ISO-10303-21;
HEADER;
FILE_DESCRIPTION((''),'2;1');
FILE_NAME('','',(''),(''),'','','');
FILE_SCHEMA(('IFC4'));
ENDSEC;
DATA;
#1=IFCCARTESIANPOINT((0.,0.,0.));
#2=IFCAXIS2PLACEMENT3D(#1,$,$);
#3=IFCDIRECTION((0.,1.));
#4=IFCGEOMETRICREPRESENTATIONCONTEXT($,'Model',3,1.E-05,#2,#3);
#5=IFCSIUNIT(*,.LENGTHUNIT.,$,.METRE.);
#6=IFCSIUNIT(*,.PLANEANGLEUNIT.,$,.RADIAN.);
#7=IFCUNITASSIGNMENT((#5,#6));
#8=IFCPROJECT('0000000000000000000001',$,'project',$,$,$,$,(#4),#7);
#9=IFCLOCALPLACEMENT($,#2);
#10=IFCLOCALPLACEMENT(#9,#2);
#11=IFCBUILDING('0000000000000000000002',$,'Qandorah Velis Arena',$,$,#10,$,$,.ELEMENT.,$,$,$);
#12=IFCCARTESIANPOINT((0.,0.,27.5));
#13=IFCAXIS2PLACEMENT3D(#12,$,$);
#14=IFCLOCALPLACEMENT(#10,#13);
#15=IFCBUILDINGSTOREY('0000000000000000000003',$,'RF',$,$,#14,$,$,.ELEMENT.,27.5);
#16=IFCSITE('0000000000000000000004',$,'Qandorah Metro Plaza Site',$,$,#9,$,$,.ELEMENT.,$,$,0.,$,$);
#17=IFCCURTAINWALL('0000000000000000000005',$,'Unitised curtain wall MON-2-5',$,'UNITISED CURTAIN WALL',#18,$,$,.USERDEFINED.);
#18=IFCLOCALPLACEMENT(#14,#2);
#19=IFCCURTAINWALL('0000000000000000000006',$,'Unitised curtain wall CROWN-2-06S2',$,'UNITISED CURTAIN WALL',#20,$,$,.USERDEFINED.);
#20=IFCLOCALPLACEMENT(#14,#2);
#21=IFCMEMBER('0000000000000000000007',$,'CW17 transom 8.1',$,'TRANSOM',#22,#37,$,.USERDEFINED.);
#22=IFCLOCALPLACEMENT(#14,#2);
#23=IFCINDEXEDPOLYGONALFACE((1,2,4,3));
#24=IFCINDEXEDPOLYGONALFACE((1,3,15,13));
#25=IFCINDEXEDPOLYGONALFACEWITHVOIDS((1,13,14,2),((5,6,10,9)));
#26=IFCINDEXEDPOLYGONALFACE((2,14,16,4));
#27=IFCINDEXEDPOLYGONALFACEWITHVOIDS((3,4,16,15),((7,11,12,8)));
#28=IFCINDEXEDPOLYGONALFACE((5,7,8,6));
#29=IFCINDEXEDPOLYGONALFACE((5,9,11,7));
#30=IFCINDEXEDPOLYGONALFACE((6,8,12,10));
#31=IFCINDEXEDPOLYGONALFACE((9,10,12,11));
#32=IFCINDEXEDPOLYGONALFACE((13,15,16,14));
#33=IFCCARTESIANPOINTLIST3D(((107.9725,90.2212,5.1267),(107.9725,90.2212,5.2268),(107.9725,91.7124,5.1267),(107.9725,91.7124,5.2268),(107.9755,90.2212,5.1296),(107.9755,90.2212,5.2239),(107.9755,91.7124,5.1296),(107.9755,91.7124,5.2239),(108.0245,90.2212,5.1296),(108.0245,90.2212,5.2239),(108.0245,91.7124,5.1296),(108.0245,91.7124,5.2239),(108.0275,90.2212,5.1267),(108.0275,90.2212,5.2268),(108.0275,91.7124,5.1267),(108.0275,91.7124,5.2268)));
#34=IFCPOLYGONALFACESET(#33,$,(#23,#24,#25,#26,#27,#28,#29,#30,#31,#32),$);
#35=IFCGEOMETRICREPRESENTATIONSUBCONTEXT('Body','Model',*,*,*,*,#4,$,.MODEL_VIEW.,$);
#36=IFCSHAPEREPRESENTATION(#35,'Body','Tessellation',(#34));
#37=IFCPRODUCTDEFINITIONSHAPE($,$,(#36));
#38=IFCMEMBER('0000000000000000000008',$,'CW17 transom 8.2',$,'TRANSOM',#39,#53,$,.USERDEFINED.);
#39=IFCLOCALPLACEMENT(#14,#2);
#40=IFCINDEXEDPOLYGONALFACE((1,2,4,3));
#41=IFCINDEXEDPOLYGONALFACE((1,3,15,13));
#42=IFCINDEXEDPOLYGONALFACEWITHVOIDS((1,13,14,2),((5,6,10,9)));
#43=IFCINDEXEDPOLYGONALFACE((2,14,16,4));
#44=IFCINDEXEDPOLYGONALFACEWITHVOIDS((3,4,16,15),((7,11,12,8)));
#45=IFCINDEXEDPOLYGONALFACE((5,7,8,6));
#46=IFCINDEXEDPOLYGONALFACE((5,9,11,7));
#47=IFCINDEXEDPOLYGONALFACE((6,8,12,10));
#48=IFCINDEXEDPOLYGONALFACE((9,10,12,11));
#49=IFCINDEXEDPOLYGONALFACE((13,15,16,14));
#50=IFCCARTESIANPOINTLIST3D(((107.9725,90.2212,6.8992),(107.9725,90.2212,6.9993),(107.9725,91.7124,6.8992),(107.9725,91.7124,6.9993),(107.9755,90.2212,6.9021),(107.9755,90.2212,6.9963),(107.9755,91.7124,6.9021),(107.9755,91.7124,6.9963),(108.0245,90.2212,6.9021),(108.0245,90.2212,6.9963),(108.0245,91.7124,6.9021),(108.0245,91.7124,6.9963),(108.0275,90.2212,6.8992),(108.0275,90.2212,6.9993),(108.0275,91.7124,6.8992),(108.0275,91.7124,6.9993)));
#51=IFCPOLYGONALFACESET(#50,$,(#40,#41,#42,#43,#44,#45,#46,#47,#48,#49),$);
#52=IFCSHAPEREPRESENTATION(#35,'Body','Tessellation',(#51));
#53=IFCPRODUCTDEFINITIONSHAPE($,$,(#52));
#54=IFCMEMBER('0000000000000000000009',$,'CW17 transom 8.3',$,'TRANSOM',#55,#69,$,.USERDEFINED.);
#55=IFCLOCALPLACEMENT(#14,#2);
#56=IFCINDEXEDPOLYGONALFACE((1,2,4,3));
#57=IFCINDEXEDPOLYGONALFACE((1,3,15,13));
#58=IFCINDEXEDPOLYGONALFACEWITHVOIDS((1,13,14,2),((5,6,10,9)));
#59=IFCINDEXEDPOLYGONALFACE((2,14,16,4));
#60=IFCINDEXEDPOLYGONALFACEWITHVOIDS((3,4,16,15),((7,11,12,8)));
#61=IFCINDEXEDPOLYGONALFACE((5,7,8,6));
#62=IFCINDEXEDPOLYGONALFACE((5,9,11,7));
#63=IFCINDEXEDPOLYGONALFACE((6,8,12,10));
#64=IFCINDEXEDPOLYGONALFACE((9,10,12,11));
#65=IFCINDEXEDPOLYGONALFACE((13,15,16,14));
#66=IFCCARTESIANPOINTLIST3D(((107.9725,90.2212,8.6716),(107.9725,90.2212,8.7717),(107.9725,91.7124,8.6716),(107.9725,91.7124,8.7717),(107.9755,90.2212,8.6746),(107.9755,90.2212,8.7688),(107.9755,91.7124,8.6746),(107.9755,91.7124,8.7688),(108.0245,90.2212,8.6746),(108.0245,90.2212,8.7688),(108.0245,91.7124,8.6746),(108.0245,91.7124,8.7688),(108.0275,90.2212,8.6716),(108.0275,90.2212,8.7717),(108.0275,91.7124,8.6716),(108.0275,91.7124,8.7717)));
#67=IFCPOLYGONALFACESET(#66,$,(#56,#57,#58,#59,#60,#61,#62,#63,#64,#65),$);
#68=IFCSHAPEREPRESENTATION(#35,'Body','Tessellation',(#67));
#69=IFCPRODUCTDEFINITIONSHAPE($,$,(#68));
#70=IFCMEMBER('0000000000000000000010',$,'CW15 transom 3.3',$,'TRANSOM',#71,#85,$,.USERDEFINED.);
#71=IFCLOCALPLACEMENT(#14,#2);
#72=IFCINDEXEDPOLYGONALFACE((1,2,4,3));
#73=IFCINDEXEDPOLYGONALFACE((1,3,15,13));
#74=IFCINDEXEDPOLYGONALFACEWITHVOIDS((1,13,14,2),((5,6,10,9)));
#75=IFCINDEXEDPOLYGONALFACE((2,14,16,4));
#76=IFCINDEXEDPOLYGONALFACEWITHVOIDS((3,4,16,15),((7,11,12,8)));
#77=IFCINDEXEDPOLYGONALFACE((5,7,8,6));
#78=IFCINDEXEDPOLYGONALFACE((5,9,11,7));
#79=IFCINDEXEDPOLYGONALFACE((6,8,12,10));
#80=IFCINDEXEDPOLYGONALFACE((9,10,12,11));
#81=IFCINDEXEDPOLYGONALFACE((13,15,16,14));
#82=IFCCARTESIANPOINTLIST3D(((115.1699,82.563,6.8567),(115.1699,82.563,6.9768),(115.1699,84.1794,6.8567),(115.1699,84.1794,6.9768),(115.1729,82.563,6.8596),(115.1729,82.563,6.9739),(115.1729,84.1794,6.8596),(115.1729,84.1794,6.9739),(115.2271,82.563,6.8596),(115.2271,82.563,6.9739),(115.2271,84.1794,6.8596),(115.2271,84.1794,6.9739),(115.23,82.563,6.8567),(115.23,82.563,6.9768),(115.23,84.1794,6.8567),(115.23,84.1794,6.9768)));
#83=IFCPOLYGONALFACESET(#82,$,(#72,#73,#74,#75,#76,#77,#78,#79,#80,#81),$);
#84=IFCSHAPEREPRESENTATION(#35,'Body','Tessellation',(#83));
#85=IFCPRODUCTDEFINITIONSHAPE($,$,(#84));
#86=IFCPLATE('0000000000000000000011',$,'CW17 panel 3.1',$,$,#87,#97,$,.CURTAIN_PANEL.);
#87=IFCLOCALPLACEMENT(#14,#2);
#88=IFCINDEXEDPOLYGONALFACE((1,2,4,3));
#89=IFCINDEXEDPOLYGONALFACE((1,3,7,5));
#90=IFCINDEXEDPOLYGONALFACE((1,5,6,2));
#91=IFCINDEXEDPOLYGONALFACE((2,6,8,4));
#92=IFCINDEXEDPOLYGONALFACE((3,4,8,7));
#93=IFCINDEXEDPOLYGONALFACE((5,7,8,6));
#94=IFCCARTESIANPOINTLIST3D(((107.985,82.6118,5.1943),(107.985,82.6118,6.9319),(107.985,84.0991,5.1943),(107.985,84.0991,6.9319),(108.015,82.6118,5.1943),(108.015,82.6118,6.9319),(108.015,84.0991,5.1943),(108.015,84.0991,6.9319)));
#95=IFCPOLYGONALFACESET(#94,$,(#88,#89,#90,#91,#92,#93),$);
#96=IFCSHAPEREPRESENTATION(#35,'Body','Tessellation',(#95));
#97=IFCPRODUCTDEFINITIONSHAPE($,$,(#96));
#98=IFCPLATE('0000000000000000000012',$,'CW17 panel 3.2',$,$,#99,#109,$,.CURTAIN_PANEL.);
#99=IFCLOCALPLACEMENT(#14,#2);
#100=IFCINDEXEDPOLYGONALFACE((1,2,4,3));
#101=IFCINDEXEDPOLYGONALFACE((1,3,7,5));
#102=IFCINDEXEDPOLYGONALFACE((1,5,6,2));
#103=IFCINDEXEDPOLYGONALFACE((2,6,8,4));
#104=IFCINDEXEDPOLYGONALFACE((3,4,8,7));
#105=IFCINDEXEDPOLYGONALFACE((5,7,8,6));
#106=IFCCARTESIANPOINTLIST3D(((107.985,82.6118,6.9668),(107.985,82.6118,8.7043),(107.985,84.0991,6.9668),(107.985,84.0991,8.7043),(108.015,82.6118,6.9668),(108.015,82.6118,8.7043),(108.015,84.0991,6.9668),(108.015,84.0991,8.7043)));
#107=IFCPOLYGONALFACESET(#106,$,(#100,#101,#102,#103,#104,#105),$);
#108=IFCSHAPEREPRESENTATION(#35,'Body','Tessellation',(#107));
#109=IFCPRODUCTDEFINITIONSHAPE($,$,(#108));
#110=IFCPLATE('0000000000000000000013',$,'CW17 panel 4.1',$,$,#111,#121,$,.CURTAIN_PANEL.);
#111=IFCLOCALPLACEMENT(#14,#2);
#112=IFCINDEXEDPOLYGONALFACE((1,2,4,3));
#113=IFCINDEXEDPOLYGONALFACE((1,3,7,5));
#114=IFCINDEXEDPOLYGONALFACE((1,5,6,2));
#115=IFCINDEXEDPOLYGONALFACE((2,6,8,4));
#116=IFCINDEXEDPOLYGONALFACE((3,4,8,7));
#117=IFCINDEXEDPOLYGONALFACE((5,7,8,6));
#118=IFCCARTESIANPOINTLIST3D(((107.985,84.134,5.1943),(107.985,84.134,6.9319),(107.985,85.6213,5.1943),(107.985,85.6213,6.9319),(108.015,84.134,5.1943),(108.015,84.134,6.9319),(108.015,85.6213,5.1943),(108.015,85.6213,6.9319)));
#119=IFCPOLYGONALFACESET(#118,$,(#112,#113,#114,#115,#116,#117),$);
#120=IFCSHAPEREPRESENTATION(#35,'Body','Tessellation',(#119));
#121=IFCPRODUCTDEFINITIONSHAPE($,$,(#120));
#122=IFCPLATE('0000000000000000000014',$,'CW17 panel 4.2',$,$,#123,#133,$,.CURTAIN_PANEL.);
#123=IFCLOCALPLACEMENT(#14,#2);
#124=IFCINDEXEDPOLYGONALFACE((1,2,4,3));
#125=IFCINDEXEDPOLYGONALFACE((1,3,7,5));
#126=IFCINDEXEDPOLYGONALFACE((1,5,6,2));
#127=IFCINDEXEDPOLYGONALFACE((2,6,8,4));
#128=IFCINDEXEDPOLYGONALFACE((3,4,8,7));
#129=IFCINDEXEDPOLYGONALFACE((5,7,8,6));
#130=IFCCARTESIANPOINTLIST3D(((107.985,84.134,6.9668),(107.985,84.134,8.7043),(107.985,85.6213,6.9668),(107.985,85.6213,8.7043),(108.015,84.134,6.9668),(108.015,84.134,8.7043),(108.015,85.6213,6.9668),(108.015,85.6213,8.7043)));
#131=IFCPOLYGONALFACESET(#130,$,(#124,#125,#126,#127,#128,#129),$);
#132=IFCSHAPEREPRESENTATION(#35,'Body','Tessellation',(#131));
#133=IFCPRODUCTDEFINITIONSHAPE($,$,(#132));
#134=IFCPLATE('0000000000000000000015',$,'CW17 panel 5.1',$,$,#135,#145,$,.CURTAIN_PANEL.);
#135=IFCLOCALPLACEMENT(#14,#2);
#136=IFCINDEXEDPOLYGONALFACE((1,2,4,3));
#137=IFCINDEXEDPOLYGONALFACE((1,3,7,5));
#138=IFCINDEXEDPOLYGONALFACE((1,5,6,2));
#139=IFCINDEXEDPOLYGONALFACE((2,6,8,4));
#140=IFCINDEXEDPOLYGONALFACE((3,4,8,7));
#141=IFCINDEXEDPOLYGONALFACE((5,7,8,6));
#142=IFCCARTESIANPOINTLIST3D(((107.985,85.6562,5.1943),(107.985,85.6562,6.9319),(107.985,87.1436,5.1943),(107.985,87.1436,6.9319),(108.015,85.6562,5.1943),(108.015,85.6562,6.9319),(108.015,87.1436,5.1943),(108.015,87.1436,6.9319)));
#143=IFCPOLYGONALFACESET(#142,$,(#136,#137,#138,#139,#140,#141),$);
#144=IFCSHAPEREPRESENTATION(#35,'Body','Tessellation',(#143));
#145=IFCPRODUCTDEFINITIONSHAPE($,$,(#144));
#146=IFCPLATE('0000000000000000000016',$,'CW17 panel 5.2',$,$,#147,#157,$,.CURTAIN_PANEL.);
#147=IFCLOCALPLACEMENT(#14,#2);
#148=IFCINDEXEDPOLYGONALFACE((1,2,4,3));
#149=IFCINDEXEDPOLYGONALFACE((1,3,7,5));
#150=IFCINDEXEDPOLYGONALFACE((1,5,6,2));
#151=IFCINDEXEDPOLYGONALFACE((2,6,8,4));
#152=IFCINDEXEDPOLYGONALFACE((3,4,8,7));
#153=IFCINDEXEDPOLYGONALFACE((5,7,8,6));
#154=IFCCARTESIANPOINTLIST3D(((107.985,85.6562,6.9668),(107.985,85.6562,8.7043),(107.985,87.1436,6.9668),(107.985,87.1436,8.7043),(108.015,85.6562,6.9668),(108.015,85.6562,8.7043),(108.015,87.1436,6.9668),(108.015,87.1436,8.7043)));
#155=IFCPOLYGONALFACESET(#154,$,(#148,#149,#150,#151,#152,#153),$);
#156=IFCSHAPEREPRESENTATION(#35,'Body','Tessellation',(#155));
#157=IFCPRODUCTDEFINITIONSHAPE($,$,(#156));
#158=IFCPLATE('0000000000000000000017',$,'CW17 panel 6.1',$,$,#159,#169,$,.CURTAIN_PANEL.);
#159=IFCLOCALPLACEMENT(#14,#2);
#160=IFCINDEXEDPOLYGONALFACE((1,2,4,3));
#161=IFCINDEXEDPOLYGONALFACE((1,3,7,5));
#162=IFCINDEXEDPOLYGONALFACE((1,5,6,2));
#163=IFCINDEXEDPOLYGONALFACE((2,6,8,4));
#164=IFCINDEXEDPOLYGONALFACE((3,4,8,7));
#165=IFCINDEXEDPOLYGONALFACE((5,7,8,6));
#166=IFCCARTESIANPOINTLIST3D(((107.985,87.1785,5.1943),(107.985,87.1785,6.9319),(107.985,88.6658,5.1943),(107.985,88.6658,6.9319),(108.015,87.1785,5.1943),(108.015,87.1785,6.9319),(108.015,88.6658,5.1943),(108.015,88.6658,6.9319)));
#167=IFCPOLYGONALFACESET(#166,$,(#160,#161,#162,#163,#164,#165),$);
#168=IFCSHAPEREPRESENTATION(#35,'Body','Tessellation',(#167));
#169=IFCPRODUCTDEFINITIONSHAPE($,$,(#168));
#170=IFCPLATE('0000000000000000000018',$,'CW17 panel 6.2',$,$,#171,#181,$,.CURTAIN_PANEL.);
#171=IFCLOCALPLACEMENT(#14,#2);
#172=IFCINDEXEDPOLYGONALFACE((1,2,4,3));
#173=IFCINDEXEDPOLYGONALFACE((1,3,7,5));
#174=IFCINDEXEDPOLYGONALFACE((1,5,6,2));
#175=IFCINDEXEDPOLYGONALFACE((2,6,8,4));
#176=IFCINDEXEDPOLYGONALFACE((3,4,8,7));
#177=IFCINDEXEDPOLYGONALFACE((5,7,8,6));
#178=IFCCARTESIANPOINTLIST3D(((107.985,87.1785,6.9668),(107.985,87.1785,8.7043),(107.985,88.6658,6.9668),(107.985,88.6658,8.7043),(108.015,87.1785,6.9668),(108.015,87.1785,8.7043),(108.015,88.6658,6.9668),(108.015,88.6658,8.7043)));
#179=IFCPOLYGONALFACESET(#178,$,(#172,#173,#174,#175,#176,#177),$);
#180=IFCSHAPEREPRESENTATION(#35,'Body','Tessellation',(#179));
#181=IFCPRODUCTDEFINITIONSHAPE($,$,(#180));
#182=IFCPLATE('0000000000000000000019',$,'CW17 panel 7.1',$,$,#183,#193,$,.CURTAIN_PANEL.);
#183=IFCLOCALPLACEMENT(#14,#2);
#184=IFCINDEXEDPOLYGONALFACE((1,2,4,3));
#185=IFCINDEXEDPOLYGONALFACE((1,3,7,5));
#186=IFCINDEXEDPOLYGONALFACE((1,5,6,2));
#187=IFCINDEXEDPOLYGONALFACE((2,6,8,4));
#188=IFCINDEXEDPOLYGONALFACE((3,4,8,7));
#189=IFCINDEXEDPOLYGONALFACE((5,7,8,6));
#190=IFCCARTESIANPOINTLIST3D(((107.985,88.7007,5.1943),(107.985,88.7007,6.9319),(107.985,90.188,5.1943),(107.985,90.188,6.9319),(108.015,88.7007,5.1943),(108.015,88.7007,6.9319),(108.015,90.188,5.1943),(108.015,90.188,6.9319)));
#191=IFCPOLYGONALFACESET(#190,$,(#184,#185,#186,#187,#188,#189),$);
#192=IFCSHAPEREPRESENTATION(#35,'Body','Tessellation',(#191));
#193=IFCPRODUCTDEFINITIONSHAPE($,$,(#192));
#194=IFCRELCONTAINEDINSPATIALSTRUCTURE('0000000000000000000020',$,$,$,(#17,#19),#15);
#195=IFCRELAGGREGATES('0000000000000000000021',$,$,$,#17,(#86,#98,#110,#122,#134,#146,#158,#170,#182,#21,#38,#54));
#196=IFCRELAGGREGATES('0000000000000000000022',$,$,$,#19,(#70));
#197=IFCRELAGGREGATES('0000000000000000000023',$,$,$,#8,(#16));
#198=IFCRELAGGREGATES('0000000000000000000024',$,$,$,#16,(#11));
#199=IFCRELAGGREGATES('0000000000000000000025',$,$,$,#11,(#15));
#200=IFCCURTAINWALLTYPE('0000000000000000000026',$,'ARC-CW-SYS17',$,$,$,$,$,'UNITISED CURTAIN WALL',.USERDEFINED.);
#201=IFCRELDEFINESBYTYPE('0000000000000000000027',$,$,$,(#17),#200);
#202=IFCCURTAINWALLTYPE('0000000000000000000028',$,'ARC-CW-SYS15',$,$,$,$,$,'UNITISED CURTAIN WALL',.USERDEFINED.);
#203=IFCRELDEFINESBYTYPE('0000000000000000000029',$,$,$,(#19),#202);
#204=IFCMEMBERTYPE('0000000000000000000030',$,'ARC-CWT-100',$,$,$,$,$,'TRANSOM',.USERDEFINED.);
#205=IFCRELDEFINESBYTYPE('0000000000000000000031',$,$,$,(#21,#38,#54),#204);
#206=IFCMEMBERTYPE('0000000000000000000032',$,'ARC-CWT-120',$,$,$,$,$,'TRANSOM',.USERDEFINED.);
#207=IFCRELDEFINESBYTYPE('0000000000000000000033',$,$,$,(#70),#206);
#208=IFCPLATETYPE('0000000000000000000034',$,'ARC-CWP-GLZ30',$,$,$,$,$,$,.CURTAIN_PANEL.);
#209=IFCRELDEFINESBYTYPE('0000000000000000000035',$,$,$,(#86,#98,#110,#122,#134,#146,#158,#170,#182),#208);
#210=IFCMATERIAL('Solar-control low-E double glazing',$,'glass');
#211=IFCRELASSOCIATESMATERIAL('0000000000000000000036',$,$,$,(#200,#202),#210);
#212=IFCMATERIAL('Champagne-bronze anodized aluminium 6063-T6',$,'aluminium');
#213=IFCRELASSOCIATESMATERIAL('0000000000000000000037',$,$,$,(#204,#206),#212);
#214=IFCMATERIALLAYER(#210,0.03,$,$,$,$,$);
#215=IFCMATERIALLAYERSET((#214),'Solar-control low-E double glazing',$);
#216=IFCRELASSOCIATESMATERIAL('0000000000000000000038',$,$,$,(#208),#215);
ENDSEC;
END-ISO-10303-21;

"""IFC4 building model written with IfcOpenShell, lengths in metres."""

from ifc_helpers import new_model, si_unit, direction, frame, origin, origin_2d, place, context, subcontext, project, spatial, rectangle, hollow_rectangle, extrude, material, layer, layer_set, material_profile, profile_set, type_object, element, aggregate, save


model = new_model("IFC4")

# Units and contexts
model_context = context("Model", 3, precision=1e-05, world=origin(), true_north=direction((0.0, 1.0)))
body_context = subcontext(model_context, "Body", "Model", "MODEL_VIEW")
ifc_project = project(units=[si_unit("LENGTHUNIT", "METRE"), si_unit("PLANEANGLEUNIT", "RADIAN")], contexts=[model_context])

# Site, building, storey
site_placement = place(None, origin())
site = spatial("IfcSite", under=ifc_project, at=site_placement, Name="Qandorah Metro Plaza Site", CompositionType="ELEMENT", RefElevation=0.0)
building_placement = place(site_placement, origin())
building = spatial("IfcBuilding", under=site, at=building_placement, Name="Qandorah Velis Arena", CompositionType="ELEMENT")
storey_placement = place(building_placement, frame((0.0, 0.0, 27.5)))
storey = spatial("IfcBuildingStorey", under=building, at=storey_placement, Name="RF", CompositionType="ELEMENT", Elevation=27.5)

# Curtain wall
ifc_material_1 = material(Name="Solar-control low-E double glazing", Category="glass")
curtain_wall_type_1 = type_object("IfcCurtainWallType", Name="ARC-CW-SYS17", ElementType="UNITISED CURTAIN WALL", PredefinedType="USERDEFINED", material=ifc_material_1)
curtain_wall_1_placement = place(storey_placement, origin())
curtain_wall_1 = element("IfcCurtainWall", 1, at=curtain_wall_1_placement, inside=storey, type_object=curtain_wall_type_1, Name="Unitised curtain wall MON-2-5", ObjectType="UNITISED CURTAIN WALL", PredefinedType="USERDEFINED")
ifc_material_2 = material(Name="Champagne-bronze anodized aluminium 6063-T6", Category="aluminium")

# Curtain wall
curtain_wall_type_2 = type_object("IfcCurtainWallType", Name="ARC-CW-SYS15", ElementType="UNITISED CURTAIN WALL", PredefinedType="USERDEFINED", material=ifc_material_1)
curtain_wall_2_placement = place(storey_placement, origin())
curtain_wall_2 = element("IfcCurtainWall", 2, at=curtain_wall_2_placement, inside=storey, type_object=curtain_wall_type_2, Name="Unitised curtain wall CROWN-2-06S2", ObjectType="UNITISED CURTAIN WALL", PredefinedType="USERDEFINED")

# Members
ifc_material_profile_1 = material_profile(ifc_material_2, hollow_rectangle(XDim=0.0549, YDim=0.1001, WallThickness=0.0029, at=origin_2d()), Name="ALU TRANSOM 55x100")
ifc_profile_set_1 = profile_set([ifc_material_profile_1], Name="Champagne-bronze anodized aluminium 6063-T6")
member_type_1 = type_object("IfcMemberType", Name="ARC-CWT-100", ElementType="TRANSOM", PredefinedType="USERDEFINED", material=ifc_profile_set_1)
member_1_placement = place(storey_placement, frame((108.0, 90.2212, 5.1768), z_axis=(0.0, 1.0, 0.0), x_axis=(-1.0, 0.0, 0.0)))
member_1 = element("IfcMember", 3, at=member_1_placement, type_object=member_type_1, Name="CW17 transom 8.1", ObjectType="TRANSOM", PredefinedType="USERDEFINED", context=body_context, shape_type="SweptSolid", body=[
    extrude(hollow_rectangle(XDim=0.0549, YDim=0.1001, WallThickness=0.0029, at=origin_2d()), origin(), (0.0, 0.0, 1.0), 1.4912),
])
member_2_placement = place(storey_placement, frame((108.0, 90.2212, 6.9492), z_axis=(0.0, 1.0, 0.0), x_axis=(-1.0, 0.0, 0.0)))
member_2 = element("IfcMember", 4, at=member_2_placement, type_object=member_type_1, Name="CW17 transom 8.2", ObjectType="TRANSOM", PredefinedType="USERDEFINED", context=body_context, shape_type="SweptSolid", body=[
    extrude(hollow_rectangle(XDim=0.0549, YDim=0.1001, WallThickness=0.0029, at=origin_2d()), origin(), (0.0, 0.0, 1.0), 1.4912),
])
member_3_placement = place(storey_placement, frame((108.0, 90.2212, 8.7217), z_axis=(0.0, 1.0, 0.0), x_axis=(-1.0, 0.0, 0.0)))
member_3 = element("IfcMember", 5, at=member_3_placement, type_object=member_type_1, Name="CW17 transom 8.3", ObjectType="TRANSOM", PredefinedType="USERDEFINED", context=body_context, shape_type="SweptSolid", body=[
    extrude(hollow_rectangle(XDim=0.0549, YDim=0.1001, WallThickness=0.0029, at=origin_2d()), origin(), (0.0, 0.0, 1.0), 1.4912),
])
ifc_material_profile_2 = material_profile(ifc_material_2, hollow_rectangle(XDim=0.0601, YDim=0.1201, WallThickness=0.0029, at=origin_2d()), Name="ALU TRANSOM 60x120")
ifc_profile_set_2 = profile_set([ifc_material_profile_2], Name="Champagne-bronze anodized aluminium 6063-T6")
member_type_2 = type_object("IfcMemberType", Name="ARC-CWT-120", ElementType="TRANSOM", PredefinedType="USERDEFINED", material=ifc_profile_set_2)
member_4_placement = place(storey_placement, frame((115.2, 82.563, 6.9167), z_axis=(0.0, 1.0, 0.0), x_axis=(-1.0, 0.0, 0.0)))
member_4 = element("IfcMember", 6, at=member_4_placement, type_object=member_type_2, Name="CW15 transom 3.3", ObjectType="TRANSOM", PredefinedType="USERDEFINED", context=body_context, shape_type="SweptSolid", body=[
    extrude(hollow_rectangle(XDim=0.0601, YDim=0.1201, WallThickness=0.0029, at=origin_2d()), origin(), (0.0, 0.0, 1.0), 1.6165),
])

# Plates
ifc_layer_1 = layer(ifc_material_1, 0.03)
ifc_layer_set_1 = layer_set([ifc_layer_1], Name="Solar-control low-E double glazing")
plate_type_1 = type_object("IfcPlateType", Name="ARC-CWP-GLZ30", PredefinedType="CURTAIN_PANEL", material=ifc_layer_set_1)
plate_1_placement = place(storey_placement, frame((108.0, 83.3555, 5.1943), z_axis=(0.0, 0.0, 1.0), x_axis=(0.0, 1.0, 0.0)))
plate_1 = element("IfcPlate", 7, at=plate_1_placement, type_object=plate_type_1, Name="CW17 panel 3.1", PredefinedType="CURTAIN_PANEL", context=body_context, shape_type="SweptSolid", body=[
    extrude(rectangle(XDim=1.4873, YDim=0.03, at=origin_2d()), origin(), (0.0, 0.0, 1.0), 1.7375),
])
plate_2_placement = place(storey_placement, frame((108.0, 83.3555, 6.9668), z_axis=(0.0, 0.0, 1.0), x_axis=(0.0, 1.0, 0.0)))
plate_2 = element("IfcPlate", 8, at=plate_2_placement, type_object=plate_type_1, Name="CW17 panel 3.2", PredefinedType="CURTAIN_PANEL", context=body_context, shape_type="SweptSolid", body=[
    extrude(rectangle(XDim=1.4873, YDim=0.03, at=origin_2d()), origin(), (0.0, 0.0, 1.0), 1.7375),
])
plate_3_placement = place(storey_placement, frame((108.0, 84.8777, 5.1943), z_axis=(0.0, 0.0, 1.0), x_axis=(0.0, 1.0, 0.0)))
plate_3 = element("IfcPlate", 9, at=plate_3_placement, type_object=plate_type_1, Name="CW17 panel 4.1", PredefinedType="CURTAIN_PANEL", context=body_context, shape_type="SweptSolid", body=[
    extrude(rectangle(XDim=1.4873, YDim=0.03, at=origin_2d()), origin(), (0.0, 0.0, 1.0), 1.7375),
])
plate_4_placement = place(storey_placement, frame((108.0, 84.8777, 6.9668), z_axis=(0.0, 0.0, 1.0), x_axis=(0.0, 1.0, 0.0)))
plate_4 = element("IfcPlate", 10, at=plate_4_placement, type_object=plate_type_1, Name="CW17 panel 4.2", PredefinedType="CURTAIN_PANEL", context=body_context, shape_type="SweptSolid", body=[
    extrude(rectangle(XDim=1.4873, YDim=0.03, at=origin_2d()), origin(), (0.0, 0.0, 1.0), 1.7375),
])
plate_5_placement = place(storey_placement, frame((108.0, 86.3999, 5.1943), z_axis=(0.0, 0.0, 1.0), x_axis=(0.0, 1.0, 0.0)))
plate_5 = element("IfcPlate", 11, at=plate_5_placement, type_object=plate_type_1, Name="CW17 panel 5.1", PredefinedType="CURTAIN_PANEL", context=body_context, shape_type="SweptSolid", body=[
    extrude(rectangle(XDim=1.4873, YDim=0.03, at=origin_2d()), origin(), (0.0, 0.0, 1.0), 1.7375),
])
plate_6_placement = place(storey_placement, frame((108.0, 86.3999, 6.9668), z_axis=(0.0, 0.0, 1.0), x_axis=(0.0, 1.0, 0.0)))
plate_6 = element("IfcPlate", 12, at=plate_6_placement, type_object=plate_type_1, Name="CW17 panel 5.2", PredefinedType="CURTAIN_PANEL", context=body_context, shape_type="SweptSolid", body=[
    extrude(rectangle(XDim=1.4873, YDim=0.03, at=origin_2d()), origin(), (0.0, 0.0, 1.0), 1.7375),
])
plate_7_placement = place(storey_placement, frame((108.0, 87.9221, 5.1943), z_axis=(0.0, 0.0, 1.0), x_axis=(0.0, 1.0, 0.0)))
plate_7 = element("IfcPlate", 13, at=plate_7_placement, type_object=plate_type_1, Name="CW17 panel 6.1", PredefinedType="CURTAIN_PANEL", context=body_context, shape_type="SweptSolid", body=[
    extrude(rectangle(XDim=1.4873, YDim=0.03, at=origin_2d()), origin(), (0.0, 0.0, 1.0), 1.7375),
])
plate_8_placement = place(storey_placement, frame((108.0, 87.9221, 6.9668), z_axis=(0.0, 0.0, 1.0), x_axis=(0.0, 1.0, 0.0)))
plate_8 = element("IfcPlate", 14, at=plate_8_placement, type_object=plate_type_1, Name="CW17 panel 6.2", PredefinedType="CURTAIN_PANEL", context=body_context, shape_type="SweptSolid", body=[
    extrude(rectangle(XDim=1.4873, YDim=0.03, at=origin_2d()), origin(), (0.0, 0.0, 1.0), 1.7375),
])
plate_9_placement = place(storey_placement, frame((108.0, 89.4443, 5.1943), z_axis=(0.0, 0.0, 1.0), x_axis=(0.0, 1.0, 0.0)))
plate_9 = element("IfcPlate", 15, at=plate_9_placement, type_object=plate_type_1, Name="CW17 panel 7.1", PredefinedType="CURTAIN_PANEL", context=body_context, shape_type="SweptSolid", body=[
    extrude(rectangle(XDim=1.4873, YDim=0.03, at=origin_2d()), origin(), (0.0, 0.0, 1.0), 1.7375),
])
aggregate(curtain_wall_1, [plate_1, plate_2, plate_3, plate_4, plate_5, plate_6, plate_7, plate_8, plate_9, member_1, member_2, member_3])
aggregate(curtain_wall_2, [member_4])

save(model, "model.ifc")
